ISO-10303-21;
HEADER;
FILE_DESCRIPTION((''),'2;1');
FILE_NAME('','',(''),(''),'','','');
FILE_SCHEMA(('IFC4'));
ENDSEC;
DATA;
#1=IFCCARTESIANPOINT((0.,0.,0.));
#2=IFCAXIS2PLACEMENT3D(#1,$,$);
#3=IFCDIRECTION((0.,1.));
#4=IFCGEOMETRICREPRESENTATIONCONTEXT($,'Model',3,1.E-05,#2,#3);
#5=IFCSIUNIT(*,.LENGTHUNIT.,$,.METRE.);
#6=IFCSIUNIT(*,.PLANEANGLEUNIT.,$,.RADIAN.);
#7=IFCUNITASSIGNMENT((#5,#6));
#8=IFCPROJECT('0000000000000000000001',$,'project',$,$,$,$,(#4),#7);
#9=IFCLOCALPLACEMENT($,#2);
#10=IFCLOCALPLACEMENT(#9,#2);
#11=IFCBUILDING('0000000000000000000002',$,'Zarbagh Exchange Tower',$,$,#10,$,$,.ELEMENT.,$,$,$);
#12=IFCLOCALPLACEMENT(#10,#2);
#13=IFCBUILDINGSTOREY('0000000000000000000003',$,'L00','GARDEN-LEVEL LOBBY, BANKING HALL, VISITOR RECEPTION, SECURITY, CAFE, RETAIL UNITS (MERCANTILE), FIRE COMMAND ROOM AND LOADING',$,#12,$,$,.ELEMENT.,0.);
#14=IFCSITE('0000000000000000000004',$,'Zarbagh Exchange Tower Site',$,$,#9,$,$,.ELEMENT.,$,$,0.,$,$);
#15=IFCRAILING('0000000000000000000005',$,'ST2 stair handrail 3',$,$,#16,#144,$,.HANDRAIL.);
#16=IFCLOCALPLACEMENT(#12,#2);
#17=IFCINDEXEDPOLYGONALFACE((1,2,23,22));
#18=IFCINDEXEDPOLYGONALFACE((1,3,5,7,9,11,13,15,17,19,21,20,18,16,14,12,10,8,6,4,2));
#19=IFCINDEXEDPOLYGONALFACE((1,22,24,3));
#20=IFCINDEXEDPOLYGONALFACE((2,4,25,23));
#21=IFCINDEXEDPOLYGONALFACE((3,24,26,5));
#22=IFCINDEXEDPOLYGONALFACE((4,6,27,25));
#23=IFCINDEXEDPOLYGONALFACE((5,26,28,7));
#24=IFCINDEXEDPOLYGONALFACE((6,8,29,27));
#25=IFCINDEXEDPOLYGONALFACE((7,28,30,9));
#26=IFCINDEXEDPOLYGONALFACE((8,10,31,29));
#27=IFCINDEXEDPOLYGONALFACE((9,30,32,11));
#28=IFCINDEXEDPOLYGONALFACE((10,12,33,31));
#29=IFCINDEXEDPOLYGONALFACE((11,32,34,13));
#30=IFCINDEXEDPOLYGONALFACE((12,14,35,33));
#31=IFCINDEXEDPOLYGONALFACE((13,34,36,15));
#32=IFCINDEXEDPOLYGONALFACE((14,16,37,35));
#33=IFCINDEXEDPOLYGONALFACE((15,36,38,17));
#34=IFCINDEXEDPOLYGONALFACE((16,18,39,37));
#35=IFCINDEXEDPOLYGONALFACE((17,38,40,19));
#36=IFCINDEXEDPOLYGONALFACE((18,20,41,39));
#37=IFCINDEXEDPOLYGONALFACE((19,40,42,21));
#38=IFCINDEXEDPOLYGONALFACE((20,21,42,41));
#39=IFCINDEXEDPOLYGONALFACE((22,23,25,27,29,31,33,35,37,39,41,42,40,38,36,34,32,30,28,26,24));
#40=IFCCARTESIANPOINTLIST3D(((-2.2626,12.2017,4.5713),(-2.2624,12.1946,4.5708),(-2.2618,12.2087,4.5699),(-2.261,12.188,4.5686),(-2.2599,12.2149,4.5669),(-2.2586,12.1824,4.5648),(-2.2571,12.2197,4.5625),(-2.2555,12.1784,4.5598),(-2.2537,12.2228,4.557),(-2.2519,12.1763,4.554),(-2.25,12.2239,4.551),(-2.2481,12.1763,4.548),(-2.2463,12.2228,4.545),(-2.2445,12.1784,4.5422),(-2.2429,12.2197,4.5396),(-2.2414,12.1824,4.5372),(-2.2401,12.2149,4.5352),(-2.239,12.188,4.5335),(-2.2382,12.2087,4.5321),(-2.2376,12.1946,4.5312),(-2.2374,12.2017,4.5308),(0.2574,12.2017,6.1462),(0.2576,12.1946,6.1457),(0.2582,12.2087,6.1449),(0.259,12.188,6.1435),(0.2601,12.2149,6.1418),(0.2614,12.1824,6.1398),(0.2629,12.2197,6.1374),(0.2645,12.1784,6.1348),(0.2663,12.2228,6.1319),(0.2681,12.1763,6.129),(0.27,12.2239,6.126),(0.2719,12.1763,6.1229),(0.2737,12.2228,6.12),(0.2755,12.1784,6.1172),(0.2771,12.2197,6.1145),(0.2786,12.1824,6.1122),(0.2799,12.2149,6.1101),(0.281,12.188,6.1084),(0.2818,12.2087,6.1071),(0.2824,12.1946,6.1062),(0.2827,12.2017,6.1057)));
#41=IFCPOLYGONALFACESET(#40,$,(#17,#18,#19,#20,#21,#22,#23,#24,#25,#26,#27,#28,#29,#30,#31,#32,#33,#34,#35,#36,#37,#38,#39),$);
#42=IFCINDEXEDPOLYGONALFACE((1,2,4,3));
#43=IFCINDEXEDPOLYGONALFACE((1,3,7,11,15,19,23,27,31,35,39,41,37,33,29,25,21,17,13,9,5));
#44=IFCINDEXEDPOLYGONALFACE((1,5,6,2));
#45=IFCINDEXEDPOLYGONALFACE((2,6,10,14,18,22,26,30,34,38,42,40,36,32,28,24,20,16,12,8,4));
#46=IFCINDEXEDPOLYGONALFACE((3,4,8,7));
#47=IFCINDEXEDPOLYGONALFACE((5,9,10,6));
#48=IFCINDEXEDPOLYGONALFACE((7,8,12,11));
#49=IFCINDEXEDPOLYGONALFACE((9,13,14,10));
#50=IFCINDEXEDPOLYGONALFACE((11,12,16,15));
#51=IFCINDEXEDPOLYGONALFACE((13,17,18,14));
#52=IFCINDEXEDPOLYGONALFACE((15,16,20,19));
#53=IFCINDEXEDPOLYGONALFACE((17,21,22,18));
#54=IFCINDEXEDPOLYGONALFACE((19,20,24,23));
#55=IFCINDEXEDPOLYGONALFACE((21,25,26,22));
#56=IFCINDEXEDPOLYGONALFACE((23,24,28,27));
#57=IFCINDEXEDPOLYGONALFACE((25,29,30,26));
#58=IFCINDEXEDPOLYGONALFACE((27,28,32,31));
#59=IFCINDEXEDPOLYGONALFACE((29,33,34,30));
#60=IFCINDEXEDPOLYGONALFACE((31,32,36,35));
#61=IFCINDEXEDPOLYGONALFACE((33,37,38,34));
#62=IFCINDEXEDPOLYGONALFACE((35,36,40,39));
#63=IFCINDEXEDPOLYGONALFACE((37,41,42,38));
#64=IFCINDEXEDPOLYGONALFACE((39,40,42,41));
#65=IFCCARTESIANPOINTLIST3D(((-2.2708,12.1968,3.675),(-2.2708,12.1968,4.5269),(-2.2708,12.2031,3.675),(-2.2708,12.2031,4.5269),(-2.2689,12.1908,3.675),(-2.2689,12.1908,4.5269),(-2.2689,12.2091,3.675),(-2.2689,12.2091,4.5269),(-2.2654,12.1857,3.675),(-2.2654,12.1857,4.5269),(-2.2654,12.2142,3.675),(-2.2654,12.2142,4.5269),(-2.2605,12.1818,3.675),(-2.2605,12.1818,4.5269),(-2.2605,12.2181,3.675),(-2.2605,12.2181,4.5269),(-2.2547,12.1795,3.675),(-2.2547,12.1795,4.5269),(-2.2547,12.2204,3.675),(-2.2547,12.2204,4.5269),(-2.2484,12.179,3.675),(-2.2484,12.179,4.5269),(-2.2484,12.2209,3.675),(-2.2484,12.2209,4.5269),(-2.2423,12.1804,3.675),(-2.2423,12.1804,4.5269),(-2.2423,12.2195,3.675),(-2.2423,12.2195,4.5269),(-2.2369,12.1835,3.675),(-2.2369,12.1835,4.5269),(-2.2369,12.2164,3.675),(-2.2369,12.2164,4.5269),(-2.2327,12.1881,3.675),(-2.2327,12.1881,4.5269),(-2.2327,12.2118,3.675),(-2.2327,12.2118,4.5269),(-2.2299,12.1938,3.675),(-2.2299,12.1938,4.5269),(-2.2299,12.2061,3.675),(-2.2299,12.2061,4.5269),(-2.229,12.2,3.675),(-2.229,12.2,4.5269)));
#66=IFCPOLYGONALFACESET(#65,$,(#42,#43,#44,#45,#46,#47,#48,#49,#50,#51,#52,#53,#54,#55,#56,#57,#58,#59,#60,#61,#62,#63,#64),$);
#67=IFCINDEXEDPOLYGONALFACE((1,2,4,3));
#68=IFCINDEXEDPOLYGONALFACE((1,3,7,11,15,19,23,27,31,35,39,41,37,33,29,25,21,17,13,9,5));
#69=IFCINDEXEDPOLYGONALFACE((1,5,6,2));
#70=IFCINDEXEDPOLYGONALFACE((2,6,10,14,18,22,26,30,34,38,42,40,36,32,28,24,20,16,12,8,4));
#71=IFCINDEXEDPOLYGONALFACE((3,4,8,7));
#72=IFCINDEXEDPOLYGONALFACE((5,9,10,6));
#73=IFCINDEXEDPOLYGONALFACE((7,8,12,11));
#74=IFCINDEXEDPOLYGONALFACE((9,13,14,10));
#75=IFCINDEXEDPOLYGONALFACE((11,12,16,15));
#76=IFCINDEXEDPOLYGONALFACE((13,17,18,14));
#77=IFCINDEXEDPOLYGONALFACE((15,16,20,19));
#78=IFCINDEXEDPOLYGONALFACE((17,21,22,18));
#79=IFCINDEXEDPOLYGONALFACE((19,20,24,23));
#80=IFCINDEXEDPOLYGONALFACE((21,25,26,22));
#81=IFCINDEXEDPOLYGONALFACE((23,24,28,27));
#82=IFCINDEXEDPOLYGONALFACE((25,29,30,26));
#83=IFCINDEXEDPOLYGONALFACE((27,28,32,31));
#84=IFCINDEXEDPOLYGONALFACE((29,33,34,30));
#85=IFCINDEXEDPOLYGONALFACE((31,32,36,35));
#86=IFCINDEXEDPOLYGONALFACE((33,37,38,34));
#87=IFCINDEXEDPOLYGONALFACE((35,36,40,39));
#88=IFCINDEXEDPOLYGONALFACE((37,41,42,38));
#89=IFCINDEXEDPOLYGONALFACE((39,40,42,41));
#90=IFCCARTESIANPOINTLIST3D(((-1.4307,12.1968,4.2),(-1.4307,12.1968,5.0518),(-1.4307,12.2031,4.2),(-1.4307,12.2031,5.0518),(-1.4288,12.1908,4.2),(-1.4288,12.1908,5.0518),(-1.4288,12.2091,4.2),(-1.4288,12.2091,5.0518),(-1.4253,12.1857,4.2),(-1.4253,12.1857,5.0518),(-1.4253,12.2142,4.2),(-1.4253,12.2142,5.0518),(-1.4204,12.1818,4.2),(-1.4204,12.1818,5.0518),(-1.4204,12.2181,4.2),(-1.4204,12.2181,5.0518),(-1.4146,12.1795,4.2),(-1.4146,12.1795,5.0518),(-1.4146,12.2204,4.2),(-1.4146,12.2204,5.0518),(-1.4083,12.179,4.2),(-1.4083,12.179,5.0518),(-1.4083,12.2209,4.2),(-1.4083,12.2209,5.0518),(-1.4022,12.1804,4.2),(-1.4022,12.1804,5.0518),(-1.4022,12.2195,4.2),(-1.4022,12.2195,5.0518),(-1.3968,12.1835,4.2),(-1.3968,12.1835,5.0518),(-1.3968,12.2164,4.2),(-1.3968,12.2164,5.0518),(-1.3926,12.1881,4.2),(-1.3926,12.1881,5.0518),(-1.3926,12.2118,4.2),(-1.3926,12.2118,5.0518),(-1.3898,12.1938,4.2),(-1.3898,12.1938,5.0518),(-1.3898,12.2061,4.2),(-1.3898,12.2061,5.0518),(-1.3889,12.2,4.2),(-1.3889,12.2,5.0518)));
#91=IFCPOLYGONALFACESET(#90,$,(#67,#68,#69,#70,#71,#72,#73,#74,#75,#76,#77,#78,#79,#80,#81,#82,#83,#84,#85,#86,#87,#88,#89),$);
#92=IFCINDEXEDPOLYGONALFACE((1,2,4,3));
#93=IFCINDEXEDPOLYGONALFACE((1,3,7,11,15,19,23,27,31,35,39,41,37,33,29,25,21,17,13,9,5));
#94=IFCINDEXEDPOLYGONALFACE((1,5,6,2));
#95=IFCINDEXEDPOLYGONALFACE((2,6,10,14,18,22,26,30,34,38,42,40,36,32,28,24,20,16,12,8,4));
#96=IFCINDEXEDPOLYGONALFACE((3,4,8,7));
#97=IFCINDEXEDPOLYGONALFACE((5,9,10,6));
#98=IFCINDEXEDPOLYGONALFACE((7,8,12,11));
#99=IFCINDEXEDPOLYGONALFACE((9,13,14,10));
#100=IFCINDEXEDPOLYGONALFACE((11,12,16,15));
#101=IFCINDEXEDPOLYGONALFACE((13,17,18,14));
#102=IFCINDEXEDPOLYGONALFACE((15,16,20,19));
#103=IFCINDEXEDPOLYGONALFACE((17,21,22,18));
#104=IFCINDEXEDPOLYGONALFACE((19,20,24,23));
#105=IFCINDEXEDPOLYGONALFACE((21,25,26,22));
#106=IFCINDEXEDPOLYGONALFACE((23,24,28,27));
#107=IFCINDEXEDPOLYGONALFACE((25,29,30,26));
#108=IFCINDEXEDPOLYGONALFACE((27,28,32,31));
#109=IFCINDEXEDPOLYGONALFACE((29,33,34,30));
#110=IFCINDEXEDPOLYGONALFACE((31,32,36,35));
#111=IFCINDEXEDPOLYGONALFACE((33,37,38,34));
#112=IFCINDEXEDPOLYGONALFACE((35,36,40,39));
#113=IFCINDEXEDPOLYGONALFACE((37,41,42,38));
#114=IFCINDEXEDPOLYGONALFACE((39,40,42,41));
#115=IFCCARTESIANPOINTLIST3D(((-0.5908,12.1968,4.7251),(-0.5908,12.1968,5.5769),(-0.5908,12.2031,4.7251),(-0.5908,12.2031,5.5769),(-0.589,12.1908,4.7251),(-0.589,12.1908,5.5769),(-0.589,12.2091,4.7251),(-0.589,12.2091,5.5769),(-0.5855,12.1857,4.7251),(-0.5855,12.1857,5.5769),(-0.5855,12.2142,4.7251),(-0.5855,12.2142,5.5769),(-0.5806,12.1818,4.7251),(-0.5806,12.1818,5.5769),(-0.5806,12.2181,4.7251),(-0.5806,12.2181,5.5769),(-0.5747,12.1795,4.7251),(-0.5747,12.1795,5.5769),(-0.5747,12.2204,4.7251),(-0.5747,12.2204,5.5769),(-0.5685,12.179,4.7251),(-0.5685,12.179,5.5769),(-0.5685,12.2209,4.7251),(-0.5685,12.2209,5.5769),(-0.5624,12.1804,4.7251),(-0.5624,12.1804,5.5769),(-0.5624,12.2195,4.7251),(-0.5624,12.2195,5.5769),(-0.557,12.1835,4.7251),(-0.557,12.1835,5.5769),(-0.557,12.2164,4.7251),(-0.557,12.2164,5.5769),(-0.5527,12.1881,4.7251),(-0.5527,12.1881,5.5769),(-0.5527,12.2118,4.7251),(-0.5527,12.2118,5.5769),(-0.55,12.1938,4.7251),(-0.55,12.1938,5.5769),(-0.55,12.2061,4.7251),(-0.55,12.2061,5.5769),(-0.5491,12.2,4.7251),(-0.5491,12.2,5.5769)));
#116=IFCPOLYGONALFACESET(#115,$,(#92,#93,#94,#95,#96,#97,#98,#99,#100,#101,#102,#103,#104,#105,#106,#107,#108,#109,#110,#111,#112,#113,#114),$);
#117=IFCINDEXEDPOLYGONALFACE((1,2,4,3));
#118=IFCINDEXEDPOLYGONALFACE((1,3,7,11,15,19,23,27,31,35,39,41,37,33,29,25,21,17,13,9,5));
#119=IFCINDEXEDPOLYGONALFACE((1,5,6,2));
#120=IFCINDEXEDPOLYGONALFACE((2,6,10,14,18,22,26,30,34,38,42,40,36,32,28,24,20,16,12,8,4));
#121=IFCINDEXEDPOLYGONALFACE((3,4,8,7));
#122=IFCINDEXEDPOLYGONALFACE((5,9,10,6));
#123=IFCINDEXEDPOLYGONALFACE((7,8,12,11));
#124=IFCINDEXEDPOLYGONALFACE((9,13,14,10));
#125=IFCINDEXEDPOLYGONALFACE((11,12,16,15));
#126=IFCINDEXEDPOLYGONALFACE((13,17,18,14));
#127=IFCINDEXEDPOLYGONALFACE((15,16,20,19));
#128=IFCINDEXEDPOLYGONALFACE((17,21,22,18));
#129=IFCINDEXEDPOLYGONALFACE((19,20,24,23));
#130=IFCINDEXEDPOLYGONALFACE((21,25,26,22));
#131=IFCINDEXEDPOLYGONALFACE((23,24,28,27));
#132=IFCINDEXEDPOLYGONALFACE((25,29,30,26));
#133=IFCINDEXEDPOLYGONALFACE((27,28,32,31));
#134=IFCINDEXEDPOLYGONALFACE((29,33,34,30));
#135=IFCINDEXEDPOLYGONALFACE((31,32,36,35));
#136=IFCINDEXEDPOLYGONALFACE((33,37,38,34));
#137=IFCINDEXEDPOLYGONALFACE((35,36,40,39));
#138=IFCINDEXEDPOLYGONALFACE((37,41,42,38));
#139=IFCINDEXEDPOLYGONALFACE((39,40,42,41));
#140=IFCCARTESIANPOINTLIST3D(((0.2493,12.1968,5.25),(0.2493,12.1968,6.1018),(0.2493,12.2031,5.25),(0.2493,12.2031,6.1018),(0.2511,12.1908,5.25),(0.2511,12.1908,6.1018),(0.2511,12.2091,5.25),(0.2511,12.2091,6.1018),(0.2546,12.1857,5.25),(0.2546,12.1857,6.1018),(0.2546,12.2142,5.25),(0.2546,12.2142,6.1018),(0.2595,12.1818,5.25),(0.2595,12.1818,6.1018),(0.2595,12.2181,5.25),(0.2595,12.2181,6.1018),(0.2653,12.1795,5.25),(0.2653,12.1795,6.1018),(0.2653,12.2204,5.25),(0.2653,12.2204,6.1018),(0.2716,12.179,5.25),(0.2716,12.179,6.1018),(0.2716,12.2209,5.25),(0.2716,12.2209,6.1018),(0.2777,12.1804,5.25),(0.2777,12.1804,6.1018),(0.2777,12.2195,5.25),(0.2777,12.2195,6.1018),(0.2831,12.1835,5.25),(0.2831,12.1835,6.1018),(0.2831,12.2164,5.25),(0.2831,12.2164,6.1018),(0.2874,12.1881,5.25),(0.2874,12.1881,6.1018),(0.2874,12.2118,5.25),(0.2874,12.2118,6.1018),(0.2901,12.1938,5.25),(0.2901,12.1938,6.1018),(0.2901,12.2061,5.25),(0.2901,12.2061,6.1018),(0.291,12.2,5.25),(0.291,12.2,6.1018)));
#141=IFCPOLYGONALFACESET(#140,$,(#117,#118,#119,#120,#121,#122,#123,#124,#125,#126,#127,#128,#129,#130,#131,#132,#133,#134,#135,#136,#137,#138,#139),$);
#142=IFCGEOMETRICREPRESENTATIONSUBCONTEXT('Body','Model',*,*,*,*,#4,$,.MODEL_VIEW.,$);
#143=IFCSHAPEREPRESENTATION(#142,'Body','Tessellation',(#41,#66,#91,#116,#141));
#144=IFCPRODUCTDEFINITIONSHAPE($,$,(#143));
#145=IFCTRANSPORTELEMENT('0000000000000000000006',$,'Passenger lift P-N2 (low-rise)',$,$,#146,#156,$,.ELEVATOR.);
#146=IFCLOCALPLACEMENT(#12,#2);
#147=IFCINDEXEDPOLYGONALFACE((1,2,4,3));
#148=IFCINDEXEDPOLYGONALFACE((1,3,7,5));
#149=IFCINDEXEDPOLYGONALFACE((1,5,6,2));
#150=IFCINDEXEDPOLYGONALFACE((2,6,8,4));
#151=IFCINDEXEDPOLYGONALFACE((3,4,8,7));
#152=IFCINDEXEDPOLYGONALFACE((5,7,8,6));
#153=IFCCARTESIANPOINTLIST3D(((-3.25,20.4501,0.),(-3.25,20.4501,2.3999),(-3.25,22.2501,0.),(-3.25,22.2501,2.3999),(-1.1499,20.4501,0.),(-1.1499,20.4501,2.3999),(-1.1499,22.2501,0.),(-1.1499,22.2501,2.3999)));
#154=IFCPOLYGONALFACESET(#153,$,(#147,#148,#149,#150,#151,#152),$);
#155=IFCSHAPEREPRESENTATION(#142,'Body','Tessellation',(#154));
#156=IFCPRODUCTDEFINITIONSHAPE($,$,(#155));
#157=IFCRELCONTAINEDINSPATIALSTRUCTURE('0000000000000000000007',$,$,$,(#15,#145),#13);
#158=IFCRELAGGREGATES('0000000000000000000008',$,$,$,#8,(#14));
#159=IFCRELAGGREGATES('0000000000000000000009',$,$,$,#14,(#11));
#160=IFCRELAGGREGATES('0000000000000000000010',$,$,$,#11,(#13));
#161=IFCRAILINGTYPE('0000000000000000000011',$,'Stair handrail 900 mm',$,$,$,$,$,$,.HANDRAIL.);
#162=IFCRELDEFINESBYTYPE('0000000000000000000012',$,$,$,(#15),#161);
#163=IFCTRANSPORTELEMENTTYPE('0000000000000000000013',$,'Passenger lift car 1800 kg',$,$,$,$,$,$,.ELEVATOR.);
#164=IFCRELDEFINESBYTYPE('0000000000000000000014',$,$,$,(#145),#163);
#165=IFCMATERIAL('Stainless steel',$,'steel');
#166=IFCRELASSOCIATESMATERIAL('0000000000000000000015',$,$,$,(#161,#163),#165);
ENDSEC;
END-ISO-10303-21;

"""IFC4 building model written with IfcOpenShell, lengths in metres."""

from ifc_helpers import new_model, si_unit, direction, frame, origin, origin_2d, place, context, subcontext, project, spatial, rectangle, circle, extrude, material, type_object, element, save


model = new_model("IFC4")

# Units and contexts
model_context = context("Model", 3, precision=1e-05, world=origin(), true_north=direction((0.0, 1.0)))
body_context = subcontext(model_context, "Body", "Model", "MODEL_VIEW")
ifc_project = project(units=[si_unit("LENGTHUNIT", "METRE"), si_unit("PLANEANGLEUNIT", "RADIAN")], contexts=[model_context])

# Site, building, storey
site_placement = place(None, origin())
site = spatial("IfcSite", under=ifc_project, at=site_placement, Name="Zarbagh Exchange Tower Site", CompositionType="ELEMENT", RefElevation=0.0)
building_placement = place(site_placement, origin())
building = spatial("IfcBuilding", under=site, at=building_placement, Name="Zarbagh Exchange Tower", CompositionType="ELEMENT")
storey_placement = place(building_placement, origin())
storey = spatial("IfcBuildingStorey", under=building, at=storey_placement, Name="L00", Description="GARDEN-LEVEL LOBBY, BANKING HALL, VISITOR RECEPTION, SECURITY, CAFE, RETAIL UNITS (MERCANTILE), FIRE COMMAND ROOM AND LOADING", CompositionType="ELEMENT", Elevation=0.0)

# Railing
ifc_material_1 = material(Name="Stainless steel", Category="steel")
railing_type_1 = type_object("IfcRailingType", Name="Stair handrail 900 mm", PredefinedType="HANDRAIL", material=ifc_material_1)
for number, where, name in (
    (1, (-2.25, 12.2, 3.675), "ST2 stair handrail 3"),
):
    element("IfcRailing", number, at=place(storey_placement, frame(where)), inside=storey, type_object=railing_type_1, Name=name, PredefinedType="HANDRAIL", context=body_context, shape_type="SweptSolid", body=[
        extrude(circle(Radius=0.0239, at=origin_2d()), frame((0.0, 0.0, 0.876), z_axis=(0.848008, 0.0, 0.529984), x_axis=(0.0, 1.0, 0.0)), (0.0, 0.0, 1.0), 2.9717),
        extrude(circle(Radius=0.021, at=origin_2d()), origin(), (0.0, 0.0, 1.0), 0.8518),
        extrude(circle(Radius=0.021, at=origin_2d()), frame((0.8401, 0.0, 0.5249)), (0.0, 0.0, 1.0), 0.8518),
        extrude(circle(Radius=0.021, at=origin_2d()), frame((1.6799, 0.0, 1.05)), (0.0, 0.0, 1.0), 0.8518),
        extrude(circle(Radius=0.021, at=origin_2d()), frame((2.52, 0.0, 1.575)), (0.0, 0.0, 1.0), 0.8518),
    ])

# Transport element
transport_element_type = type_object("IfcTransportElementType", Name="Passenger lift car 1800 kg", PredefinedType="ELEVATOR", material=ifc_material_1)
transport_element_placement = place(storey_placement, frame((-2.2, 21.3501, 0.0), z_axis=(0.0, 0.0, 1.0), x_axis=(1.0, 0.0, 0.0)))
element("IfcTransportElement", 2, at=transport_element_placement, inside=storey, type_object=transport_element_type, Name="Passenger lift P-N2 (low-rise)", PredefinedType="ELEVATOR", context=body_context, shape_type="SweptSolid", body=[
    extrude(rectangle(XDim=2.1001, YDim=1.8, at=origin_2d()), origin(), (0.0, 0.0, 1.0), 2.3999),
])

save(model, "model.ifc")
